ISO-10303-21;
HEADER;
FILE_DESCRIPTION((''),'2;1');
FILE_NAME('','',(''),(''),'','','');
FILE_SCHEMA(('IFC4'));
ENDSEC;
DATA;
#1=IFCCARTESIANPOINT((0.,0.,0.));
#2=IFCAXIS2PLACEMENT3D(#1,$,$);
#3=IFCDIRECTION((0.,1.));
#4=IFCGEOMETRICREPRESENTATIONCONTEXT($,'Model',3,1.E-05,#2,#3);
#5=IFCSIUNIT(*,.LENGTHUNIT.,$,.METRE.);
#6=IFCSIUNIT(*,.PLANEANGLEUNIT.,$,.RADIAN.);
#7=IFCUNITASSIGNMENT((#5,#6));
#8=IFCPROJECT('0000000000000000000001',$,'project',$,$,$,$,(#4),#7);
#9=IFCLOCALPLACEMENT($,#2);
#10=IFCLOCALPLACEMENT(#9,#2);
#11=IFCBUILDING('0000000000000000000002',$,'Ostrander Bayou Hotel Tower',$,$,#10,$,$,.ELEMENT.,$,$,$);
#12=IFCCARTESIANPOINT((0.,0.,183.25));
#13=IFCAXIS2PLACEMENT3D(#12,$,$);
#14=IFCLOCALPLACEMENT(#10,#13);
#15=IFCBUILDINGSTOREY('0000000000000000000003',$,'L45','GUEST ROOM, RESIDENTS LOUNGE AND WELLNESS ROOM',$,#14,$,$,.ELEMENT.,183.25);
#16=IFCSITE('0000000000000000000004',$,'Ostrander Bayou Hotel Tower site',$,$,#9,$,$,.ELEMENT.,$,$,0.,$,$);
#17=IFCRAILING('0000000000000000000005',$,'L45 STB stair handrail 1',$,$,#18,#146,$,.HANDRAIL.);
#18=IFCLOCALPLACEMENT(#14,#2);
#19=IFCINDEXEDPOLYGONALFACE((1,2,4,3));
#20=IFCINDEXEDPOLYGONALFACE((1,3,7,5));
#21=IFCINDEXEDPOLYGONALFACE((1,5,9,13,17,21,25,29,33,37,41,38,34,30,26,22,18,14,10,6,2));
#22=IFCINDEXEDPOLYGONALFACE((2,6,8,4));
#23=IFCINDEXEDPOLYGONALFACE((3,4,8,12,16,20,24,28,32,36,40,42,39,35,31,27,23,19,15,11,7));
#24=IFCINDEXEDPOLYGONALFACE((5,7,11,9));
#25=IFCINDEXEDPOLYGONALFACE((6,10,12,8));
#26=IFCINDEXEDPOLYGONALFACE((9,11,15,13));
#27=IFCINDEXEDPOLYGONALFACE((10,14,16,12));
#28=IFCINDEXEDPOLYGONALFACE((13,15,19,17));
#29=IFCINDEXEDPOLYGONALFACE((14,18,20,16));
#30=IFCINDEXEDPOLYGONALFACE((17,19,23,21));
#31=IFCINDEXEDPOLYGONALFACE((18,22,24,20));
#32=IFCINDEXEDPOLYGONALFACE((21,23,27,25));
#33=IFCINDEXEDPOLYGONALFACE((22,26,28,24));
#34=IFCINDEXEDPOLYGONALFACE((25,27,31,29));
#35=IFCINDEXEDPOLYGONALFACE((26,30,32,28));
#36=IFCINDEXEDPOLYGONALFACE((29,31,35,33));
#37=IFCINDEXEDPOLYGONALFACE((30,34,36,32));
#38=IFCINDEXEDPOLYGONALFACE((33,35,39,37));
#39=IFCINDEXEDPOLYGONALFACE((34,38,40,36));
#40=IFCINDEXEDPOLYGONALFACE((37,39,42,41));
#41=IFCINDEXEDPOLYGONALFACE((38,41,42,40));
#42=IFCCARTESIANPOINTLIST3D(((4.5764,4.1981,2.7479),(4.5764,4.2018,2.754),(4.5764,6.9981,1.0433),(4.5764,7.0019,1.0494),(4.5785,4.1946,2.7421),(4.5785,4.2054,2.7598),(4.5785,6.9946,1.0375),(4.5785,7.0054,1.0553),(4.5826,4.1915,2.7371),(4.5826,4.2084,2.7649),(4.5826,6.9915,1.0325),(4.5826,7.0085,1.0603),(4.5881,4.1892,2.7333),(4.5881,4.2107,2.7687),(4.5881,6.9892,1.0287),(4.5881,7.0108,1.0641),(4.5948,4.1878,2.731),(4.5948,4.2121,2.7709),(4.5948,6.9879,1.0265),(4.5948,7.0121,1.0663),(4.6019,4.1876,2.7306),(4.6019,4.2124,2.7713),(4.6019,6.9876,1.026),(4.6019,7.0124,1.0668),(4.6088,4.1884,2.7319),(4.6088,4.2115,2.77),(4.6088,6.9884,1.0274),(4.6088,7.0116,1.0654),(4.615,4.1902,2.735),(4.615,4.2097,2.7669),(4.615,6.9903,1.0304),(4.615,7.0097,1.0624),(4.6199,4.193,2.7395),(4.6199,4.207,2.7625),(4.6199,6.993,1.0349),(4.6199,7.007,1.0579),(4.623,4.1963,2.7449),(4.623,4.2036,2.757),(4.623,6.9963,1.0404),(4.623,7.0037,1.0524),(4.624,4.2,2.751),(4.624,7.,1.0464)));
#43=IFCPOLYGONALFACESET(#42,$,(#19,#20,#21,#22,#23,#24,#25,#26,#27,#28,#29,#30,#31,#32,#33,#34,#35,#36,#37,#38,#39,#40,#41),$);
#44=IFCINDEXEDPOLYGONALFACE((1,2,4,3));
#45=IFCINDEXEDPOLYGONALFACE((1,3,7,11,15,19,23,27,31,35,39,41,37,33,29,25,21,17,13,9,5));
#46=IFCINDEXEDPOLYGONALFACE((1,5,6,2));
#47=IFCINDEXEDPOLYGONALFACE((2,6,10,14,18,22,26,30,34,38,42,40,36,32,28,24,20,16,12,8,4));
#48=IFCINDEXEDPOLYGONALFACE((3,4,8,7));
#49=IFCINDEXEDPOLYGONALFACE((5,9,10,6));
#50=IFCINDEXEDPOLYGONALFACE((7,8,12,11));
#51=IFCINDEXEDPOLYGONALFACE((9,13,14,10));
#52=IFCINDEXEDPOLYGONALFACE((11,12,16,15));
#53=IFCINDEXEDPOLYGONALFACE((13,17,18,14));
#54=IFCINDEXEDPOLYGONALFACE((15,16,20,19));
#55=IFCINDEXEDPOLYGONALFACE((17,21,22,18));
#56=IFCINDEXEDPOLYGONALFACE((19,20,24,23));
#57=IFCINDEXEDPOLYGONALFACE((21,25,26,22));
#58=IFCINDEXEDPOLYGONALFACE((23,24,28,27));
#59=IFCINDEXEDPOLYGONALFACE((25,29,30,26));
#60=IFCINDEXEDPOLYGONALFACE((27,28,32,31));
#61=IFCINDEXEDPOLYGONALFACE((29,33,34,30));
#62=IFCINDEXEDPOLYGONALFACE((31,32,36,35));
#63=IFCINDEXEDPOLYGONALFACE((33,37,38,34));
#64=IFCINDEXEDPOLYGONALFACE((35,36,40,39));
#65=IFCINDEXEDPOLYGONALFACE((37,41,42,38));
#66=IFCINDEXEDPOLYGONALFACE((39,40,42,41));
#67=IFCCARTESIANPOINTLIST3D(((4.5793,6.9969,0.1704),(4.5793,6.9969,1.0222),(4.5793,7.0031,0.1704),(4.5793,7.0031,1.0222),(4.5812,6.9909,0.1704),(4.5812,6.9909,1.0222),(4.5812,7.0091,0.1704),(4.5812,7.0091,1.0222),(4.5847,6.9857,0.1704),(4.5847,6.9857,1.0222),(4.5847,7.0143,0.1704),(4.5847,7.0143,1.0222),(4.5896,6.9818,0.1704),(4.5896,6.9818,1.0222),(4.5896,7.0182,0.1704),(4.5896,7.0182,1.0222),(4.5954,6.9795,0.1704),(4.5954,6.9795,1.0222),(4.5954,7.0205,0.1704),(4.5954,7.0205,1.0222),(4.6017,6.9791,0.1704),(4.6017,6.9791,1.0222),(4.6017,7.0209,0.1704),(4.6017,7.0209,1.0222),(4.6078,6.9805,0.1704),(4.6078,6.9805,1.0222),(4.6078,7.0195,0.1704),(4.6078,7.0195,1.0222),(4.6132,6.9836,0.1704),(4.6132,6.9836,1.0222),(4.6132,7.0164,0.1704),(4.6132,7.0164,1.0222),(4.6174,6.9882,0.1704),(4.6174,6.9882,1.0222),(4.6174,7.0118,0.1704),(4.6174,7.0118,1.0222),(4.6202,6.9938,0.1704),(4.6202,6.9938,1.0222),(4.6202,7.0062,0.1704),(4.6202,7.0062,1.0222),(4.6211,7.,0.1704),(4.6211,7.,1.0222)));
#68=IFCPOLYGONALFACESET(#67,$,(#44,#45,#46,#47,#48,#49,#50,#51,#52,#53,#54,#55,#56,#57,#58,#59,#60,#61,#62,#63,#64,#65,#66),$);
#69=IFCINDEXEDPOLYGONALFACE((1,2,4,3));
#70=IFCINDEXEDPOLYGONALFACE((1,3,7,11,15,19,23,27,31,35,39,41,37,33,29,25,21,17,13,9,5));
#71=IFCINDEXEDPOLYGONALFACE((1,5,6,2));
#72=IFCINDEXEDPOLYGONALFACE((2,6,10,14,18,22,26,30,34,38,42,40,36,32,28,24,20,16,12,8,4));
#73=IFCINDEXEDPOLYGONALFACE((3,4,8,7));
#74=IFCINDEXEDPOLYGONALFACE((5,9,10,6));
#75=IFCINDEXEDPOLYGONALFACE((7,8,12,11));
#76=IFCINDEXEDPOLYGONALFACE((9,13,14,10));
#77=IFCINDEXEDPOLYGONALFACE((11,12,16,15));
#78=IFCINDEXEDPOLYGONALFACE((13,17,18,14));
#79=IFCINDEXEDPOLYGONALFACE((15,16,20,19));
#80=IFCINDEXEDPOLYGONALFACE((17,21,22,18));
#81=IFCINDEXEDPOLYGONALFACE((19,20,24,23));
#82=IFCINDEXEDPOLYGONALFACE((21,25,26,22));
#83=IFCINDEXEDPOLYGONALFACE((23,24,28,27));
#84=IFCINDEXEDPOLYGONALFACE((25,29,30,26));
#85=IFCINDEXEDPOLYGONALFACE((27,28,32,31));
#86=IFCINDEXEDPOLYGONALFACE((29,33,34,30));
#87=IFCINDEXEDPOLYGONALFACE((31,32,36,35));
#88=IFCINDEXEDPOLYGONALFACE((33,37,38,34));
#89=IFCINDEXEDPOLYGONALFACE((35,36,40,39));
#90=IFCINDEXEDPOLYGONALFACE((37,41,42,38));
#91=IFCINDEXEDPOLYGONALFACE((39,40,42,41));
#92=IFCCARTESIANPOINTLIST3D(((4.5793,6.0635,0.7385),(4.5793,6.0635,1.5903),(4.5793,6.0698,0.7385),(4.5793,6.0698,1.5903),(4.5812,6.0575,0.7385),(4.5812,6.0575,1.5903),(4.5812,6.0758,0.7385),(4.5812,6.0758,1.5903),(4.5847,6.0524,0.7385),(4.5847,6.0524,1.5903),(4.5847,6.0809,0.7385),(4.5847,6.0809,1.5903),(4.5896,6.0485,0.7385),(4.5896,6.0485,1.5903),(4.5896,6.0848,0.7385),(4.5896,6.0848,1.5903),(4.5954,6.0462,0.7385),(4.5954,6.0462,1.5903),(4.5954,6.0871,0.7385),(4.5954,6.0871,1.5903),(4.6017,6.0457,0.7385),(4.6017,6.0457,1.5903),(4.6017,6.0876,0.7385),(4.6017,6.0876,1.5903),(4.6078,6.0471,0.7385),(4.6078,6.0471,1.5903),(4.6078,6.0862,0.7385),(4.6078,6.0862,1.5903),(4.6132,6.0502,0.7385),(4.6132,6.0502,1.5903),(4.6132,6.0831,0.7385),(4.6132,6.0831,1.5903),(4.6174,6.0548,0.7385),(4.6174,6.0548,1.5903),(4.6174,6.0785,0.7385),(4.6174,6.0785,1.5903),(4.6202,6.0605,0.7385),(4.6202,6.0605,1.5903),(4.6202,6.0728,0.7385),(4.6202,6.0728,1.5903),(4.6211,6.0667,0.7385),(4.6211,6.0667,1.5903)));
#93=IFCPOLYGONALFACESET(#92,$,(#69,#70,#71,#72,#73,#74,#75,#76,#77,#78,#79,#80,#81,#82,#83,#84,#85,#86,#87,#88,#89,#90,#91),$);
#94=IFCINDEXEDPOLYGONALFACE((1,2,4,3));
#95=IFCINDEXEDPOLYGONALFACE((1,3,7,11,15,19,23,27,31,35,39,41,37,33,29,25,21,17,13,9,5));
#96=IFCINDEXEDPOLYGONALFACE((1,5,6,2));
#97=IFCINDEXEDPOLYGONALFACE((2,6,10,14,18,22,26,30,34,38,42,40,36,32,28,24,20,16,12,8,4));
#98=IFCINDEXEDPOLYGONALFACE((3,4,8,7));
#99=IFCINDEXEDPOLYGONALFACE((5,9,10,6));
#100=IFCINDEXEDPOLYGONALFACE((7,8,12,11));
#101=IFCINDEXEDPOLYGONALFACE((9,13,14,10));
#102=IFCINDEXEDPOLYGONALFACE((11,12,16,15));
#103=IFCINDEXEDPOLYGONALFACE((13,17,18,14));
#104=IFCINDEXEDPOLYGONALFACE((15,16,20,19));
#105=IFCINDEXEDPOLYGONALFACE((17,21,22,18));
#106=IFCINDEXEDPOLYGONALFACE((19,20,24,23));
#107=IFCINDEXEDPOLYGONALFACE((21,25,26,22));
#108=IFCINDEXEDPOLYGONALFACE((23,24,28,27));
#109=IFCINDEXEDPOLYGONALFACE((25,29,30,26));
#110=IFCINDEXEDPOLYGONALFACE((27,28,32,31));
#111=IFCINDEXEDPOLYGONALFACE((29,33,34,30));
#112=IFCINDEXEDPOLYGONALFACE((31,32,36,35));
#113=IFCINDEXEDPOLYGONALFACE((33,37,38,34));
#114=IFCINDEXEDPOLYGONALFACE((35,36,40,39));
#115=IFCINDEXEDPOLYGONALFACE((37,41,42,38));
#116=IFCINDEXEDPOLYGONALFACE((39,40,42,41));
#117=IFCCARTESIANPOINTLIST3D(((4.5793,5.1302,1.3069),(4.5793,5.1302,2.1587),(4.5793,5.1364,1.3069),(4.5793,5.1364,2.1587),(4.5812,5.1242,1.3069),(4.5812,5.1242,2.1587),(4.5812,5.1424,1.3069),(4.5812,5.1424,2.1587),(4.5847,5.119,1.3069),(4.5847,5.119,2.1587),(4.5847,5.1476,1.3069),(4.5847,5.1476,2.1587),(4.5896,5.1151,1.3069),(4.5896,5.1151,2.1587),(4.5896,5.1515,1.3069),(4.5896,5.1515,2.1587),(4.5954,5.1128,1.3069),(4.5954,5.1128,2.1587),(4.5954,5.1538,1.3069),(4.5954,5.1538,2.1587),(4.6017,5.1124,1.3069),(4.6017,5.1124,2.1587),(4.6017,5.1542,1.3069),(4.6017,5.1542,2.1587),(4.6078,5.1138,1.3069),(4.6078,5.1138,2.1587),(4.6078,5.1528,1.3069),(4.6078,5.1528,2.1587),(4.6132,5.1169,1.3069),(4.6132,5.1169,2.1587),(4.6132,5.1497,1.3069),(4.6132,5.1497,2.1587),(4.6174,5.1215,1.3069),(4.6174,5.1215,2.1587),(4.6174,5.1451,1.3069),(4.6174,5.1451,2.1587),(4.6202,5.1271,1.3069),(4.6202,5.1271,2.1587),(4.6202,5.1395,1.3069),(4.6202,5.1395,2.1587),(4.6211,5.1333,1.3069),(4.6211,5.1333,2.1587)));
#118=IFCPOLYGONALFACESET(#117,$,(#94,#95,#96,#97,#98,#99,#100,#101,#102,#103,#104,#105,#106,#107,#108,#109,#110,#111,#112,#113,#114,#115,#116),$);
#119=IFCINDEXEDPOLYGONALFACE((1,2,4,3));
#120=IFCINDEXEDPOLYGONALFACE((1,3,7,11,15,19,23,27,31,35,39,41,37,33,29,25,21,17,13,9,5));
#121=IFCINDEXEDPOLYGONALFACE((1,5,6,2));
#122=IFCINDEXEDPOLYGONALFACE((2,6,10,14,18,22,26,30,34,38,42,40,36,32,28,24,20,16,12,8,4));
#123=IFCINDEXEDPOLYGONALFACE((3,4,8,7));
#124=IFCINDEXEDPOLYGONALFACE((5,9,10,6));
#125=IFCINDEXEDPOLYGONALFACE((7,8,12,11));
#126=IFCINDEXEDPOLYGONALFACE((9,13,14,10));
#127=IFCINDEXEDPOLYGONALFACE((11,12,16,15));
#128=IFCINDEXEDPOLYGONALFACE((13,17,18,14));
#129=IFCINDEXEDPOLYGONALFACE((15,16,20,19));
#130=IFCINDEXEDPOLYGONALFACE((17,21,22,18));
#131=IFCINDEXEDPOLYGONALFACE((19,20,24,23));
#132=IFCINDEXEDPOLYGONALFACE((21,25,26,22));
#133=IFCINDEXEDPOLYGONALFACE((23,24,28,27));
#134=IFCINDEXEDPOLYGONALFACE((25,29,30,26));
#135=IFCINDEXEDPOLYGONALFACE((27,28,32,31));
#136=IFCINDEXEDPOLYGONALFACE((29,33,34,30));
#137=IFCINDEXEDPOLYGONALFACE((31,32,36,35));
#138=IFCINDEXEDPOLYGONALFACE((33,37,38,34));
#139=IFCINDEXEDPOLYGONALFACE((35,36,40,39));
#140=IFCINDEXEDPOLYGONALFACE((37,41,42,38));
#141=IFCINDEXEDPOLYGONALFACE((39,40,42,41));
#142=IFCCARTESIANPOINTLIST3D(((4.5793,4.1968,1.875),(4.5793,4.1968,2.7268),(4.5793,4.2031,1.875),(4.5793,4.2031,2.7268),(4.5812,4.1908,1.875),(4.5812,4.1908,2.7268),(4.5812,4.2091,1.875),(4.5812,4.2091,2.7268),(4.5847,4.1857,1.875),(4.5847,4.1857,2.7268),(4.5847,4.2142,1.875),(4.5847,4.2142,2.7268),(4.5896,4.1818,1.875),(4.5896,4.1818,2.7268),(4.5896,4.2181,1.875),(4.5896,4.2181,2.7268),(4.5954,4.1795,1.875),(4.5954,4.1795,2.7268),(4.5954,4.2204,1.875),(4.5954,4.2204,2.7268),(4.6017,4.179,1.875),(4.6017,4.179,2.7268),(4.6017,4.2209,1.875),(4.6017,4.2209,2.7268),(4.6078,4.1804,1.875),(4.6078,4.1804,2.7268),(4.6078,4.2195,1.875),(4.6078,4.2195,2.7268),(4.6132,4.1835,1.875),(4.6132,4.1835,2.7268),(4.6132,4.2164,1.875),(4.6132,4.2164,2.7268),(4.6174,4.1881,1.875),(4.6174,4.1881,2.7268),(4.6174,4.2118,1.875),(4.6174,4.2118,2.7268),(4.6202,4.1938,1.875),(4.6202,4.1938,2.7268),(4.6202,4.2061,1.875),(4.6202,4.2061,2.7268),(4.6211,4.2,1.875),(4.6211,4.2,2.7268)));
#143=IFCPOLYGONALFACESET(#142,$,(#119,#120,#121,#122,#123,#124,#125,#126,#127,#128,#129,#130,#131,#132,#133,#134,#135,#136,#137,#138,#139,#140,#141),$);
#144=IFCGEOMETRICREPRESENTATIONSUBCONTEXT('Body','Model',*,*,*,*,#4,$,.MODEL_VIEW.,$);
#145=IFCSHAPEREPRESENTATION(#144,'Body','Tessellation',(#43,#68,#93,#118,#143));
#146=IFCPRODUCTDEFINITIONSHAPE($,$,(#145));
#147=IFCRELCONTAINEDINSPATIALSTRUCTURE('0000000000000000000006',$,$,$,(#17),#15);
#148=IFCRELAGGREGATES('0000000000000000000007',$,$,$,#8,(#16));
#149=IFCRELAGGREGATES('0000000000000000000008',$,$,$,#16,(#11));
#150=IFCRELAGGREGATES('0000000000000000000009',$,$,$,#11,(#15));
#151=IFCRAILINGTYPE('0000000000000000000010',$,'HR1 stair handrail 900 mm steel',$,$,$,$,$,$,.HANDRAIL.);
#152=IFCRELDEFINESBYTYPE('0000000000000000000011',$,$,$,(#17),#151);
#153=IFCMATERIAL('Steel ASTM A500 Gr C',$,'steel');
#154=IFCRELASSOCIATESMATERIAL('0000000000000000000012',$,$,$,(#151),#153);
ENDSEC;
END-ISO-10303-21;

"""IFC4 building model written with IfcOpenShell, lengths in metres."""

from ifc_helpers import new_model, si_unit, direction, frame, origin, origin_2d, place, context, subcontext, project, spatial, circle, extrude, material, type_object, element, save


model = new_model("IFC4")

# Units and contexts
model_context = context("Model", 3, precision=1e-05, world=origin(), true_north=direction((0.0, 1.0)))
body_context = subcontext(model_context, "Body", "Model", "MODEL_VIEW")
ifc_project = project(units=[si_unit("LENGTHUNIT", "METRE"), si_unit("PLANEANGLEUNIT", "RADIAN")], contexts=[model_context])

# Site, building, storey
site_placement = place(None, origin())
site = spatial("IfcSite", under=ifc_project, at=site_placement, Name="Ostrander Bayou Hotel Tower site", CompositionType="ELEMENT", RefElevation=0.0)
building_placement = place(site_placement, origin())
building = spatial("IfcBuilding", under=site, at=building_placement, Name="Ostrander Bayou Hotel Tower", CompositionType="ELEMENT")
storey_placement = place(building_placement, frame((0.0, 0.0, 183.25)))
storey = spatial("IfcBuildingStorey", under=building, at=storey_placement, Name="L45", Description="GUEST ROOM, RESIDENTS LOUNGE AND WELLNESS ROOM", CompositionType="ELEMENT", Elevation=183.25)

# Railing
ifc_material_1 = material(Name="Steel ASTM A500 Gr C", Category="steel")
railing_type_1 = type_object("IfcRailingType", Name="HR1 stair handrail 900 mm steel", PredefinedType="HANDRAIL", material=ifc_material_1)
railing_1_placement = place(storey_placement, frame((4.6001, 7.0, 0.1704)))
element("IfcRailing", 1, at=railing_1_placement, inside=storey, type_object=railing_type_1, Name="L45 STB stair handrail 1", PredefinedType="HANDRAIL", context=body_context, shape_type="SweptSolid", body=[
    extrude(circle(Radius=0.0239, at=origin_2d()), frame((0.0, 0.0, 0.876), z_axis=(0.0, -0.85417, 0.519994), x_axis=(1.0, 0.0, 0.0)), (0.0, 0.0, 1.0), 3.2781),
    extrude(circle(Radius=0.021, at=origin_2d()), origin(), (0.0, 0.0, 1.0), 0.8518),
    extrude(circle(Radius=0.021, at=origin_2d()), frame((0.0, -0.9333, 0.5681)), (0.0, 0.0, 1.0), 0.8518),
    extrude(circle(Radius=0.021, at=origin_2d()), frame((0.0, -1.8667, 1.1365)), (0.0, 0.0, 1.0), 0.8518),
    extrude(circle(Radius=0.021, at=origin_2d()), frame((0.0, -2.8, 1.7046)), (0.0, 0.0, 1.0), 0.8518),
])

save(model, "model.ifc")
